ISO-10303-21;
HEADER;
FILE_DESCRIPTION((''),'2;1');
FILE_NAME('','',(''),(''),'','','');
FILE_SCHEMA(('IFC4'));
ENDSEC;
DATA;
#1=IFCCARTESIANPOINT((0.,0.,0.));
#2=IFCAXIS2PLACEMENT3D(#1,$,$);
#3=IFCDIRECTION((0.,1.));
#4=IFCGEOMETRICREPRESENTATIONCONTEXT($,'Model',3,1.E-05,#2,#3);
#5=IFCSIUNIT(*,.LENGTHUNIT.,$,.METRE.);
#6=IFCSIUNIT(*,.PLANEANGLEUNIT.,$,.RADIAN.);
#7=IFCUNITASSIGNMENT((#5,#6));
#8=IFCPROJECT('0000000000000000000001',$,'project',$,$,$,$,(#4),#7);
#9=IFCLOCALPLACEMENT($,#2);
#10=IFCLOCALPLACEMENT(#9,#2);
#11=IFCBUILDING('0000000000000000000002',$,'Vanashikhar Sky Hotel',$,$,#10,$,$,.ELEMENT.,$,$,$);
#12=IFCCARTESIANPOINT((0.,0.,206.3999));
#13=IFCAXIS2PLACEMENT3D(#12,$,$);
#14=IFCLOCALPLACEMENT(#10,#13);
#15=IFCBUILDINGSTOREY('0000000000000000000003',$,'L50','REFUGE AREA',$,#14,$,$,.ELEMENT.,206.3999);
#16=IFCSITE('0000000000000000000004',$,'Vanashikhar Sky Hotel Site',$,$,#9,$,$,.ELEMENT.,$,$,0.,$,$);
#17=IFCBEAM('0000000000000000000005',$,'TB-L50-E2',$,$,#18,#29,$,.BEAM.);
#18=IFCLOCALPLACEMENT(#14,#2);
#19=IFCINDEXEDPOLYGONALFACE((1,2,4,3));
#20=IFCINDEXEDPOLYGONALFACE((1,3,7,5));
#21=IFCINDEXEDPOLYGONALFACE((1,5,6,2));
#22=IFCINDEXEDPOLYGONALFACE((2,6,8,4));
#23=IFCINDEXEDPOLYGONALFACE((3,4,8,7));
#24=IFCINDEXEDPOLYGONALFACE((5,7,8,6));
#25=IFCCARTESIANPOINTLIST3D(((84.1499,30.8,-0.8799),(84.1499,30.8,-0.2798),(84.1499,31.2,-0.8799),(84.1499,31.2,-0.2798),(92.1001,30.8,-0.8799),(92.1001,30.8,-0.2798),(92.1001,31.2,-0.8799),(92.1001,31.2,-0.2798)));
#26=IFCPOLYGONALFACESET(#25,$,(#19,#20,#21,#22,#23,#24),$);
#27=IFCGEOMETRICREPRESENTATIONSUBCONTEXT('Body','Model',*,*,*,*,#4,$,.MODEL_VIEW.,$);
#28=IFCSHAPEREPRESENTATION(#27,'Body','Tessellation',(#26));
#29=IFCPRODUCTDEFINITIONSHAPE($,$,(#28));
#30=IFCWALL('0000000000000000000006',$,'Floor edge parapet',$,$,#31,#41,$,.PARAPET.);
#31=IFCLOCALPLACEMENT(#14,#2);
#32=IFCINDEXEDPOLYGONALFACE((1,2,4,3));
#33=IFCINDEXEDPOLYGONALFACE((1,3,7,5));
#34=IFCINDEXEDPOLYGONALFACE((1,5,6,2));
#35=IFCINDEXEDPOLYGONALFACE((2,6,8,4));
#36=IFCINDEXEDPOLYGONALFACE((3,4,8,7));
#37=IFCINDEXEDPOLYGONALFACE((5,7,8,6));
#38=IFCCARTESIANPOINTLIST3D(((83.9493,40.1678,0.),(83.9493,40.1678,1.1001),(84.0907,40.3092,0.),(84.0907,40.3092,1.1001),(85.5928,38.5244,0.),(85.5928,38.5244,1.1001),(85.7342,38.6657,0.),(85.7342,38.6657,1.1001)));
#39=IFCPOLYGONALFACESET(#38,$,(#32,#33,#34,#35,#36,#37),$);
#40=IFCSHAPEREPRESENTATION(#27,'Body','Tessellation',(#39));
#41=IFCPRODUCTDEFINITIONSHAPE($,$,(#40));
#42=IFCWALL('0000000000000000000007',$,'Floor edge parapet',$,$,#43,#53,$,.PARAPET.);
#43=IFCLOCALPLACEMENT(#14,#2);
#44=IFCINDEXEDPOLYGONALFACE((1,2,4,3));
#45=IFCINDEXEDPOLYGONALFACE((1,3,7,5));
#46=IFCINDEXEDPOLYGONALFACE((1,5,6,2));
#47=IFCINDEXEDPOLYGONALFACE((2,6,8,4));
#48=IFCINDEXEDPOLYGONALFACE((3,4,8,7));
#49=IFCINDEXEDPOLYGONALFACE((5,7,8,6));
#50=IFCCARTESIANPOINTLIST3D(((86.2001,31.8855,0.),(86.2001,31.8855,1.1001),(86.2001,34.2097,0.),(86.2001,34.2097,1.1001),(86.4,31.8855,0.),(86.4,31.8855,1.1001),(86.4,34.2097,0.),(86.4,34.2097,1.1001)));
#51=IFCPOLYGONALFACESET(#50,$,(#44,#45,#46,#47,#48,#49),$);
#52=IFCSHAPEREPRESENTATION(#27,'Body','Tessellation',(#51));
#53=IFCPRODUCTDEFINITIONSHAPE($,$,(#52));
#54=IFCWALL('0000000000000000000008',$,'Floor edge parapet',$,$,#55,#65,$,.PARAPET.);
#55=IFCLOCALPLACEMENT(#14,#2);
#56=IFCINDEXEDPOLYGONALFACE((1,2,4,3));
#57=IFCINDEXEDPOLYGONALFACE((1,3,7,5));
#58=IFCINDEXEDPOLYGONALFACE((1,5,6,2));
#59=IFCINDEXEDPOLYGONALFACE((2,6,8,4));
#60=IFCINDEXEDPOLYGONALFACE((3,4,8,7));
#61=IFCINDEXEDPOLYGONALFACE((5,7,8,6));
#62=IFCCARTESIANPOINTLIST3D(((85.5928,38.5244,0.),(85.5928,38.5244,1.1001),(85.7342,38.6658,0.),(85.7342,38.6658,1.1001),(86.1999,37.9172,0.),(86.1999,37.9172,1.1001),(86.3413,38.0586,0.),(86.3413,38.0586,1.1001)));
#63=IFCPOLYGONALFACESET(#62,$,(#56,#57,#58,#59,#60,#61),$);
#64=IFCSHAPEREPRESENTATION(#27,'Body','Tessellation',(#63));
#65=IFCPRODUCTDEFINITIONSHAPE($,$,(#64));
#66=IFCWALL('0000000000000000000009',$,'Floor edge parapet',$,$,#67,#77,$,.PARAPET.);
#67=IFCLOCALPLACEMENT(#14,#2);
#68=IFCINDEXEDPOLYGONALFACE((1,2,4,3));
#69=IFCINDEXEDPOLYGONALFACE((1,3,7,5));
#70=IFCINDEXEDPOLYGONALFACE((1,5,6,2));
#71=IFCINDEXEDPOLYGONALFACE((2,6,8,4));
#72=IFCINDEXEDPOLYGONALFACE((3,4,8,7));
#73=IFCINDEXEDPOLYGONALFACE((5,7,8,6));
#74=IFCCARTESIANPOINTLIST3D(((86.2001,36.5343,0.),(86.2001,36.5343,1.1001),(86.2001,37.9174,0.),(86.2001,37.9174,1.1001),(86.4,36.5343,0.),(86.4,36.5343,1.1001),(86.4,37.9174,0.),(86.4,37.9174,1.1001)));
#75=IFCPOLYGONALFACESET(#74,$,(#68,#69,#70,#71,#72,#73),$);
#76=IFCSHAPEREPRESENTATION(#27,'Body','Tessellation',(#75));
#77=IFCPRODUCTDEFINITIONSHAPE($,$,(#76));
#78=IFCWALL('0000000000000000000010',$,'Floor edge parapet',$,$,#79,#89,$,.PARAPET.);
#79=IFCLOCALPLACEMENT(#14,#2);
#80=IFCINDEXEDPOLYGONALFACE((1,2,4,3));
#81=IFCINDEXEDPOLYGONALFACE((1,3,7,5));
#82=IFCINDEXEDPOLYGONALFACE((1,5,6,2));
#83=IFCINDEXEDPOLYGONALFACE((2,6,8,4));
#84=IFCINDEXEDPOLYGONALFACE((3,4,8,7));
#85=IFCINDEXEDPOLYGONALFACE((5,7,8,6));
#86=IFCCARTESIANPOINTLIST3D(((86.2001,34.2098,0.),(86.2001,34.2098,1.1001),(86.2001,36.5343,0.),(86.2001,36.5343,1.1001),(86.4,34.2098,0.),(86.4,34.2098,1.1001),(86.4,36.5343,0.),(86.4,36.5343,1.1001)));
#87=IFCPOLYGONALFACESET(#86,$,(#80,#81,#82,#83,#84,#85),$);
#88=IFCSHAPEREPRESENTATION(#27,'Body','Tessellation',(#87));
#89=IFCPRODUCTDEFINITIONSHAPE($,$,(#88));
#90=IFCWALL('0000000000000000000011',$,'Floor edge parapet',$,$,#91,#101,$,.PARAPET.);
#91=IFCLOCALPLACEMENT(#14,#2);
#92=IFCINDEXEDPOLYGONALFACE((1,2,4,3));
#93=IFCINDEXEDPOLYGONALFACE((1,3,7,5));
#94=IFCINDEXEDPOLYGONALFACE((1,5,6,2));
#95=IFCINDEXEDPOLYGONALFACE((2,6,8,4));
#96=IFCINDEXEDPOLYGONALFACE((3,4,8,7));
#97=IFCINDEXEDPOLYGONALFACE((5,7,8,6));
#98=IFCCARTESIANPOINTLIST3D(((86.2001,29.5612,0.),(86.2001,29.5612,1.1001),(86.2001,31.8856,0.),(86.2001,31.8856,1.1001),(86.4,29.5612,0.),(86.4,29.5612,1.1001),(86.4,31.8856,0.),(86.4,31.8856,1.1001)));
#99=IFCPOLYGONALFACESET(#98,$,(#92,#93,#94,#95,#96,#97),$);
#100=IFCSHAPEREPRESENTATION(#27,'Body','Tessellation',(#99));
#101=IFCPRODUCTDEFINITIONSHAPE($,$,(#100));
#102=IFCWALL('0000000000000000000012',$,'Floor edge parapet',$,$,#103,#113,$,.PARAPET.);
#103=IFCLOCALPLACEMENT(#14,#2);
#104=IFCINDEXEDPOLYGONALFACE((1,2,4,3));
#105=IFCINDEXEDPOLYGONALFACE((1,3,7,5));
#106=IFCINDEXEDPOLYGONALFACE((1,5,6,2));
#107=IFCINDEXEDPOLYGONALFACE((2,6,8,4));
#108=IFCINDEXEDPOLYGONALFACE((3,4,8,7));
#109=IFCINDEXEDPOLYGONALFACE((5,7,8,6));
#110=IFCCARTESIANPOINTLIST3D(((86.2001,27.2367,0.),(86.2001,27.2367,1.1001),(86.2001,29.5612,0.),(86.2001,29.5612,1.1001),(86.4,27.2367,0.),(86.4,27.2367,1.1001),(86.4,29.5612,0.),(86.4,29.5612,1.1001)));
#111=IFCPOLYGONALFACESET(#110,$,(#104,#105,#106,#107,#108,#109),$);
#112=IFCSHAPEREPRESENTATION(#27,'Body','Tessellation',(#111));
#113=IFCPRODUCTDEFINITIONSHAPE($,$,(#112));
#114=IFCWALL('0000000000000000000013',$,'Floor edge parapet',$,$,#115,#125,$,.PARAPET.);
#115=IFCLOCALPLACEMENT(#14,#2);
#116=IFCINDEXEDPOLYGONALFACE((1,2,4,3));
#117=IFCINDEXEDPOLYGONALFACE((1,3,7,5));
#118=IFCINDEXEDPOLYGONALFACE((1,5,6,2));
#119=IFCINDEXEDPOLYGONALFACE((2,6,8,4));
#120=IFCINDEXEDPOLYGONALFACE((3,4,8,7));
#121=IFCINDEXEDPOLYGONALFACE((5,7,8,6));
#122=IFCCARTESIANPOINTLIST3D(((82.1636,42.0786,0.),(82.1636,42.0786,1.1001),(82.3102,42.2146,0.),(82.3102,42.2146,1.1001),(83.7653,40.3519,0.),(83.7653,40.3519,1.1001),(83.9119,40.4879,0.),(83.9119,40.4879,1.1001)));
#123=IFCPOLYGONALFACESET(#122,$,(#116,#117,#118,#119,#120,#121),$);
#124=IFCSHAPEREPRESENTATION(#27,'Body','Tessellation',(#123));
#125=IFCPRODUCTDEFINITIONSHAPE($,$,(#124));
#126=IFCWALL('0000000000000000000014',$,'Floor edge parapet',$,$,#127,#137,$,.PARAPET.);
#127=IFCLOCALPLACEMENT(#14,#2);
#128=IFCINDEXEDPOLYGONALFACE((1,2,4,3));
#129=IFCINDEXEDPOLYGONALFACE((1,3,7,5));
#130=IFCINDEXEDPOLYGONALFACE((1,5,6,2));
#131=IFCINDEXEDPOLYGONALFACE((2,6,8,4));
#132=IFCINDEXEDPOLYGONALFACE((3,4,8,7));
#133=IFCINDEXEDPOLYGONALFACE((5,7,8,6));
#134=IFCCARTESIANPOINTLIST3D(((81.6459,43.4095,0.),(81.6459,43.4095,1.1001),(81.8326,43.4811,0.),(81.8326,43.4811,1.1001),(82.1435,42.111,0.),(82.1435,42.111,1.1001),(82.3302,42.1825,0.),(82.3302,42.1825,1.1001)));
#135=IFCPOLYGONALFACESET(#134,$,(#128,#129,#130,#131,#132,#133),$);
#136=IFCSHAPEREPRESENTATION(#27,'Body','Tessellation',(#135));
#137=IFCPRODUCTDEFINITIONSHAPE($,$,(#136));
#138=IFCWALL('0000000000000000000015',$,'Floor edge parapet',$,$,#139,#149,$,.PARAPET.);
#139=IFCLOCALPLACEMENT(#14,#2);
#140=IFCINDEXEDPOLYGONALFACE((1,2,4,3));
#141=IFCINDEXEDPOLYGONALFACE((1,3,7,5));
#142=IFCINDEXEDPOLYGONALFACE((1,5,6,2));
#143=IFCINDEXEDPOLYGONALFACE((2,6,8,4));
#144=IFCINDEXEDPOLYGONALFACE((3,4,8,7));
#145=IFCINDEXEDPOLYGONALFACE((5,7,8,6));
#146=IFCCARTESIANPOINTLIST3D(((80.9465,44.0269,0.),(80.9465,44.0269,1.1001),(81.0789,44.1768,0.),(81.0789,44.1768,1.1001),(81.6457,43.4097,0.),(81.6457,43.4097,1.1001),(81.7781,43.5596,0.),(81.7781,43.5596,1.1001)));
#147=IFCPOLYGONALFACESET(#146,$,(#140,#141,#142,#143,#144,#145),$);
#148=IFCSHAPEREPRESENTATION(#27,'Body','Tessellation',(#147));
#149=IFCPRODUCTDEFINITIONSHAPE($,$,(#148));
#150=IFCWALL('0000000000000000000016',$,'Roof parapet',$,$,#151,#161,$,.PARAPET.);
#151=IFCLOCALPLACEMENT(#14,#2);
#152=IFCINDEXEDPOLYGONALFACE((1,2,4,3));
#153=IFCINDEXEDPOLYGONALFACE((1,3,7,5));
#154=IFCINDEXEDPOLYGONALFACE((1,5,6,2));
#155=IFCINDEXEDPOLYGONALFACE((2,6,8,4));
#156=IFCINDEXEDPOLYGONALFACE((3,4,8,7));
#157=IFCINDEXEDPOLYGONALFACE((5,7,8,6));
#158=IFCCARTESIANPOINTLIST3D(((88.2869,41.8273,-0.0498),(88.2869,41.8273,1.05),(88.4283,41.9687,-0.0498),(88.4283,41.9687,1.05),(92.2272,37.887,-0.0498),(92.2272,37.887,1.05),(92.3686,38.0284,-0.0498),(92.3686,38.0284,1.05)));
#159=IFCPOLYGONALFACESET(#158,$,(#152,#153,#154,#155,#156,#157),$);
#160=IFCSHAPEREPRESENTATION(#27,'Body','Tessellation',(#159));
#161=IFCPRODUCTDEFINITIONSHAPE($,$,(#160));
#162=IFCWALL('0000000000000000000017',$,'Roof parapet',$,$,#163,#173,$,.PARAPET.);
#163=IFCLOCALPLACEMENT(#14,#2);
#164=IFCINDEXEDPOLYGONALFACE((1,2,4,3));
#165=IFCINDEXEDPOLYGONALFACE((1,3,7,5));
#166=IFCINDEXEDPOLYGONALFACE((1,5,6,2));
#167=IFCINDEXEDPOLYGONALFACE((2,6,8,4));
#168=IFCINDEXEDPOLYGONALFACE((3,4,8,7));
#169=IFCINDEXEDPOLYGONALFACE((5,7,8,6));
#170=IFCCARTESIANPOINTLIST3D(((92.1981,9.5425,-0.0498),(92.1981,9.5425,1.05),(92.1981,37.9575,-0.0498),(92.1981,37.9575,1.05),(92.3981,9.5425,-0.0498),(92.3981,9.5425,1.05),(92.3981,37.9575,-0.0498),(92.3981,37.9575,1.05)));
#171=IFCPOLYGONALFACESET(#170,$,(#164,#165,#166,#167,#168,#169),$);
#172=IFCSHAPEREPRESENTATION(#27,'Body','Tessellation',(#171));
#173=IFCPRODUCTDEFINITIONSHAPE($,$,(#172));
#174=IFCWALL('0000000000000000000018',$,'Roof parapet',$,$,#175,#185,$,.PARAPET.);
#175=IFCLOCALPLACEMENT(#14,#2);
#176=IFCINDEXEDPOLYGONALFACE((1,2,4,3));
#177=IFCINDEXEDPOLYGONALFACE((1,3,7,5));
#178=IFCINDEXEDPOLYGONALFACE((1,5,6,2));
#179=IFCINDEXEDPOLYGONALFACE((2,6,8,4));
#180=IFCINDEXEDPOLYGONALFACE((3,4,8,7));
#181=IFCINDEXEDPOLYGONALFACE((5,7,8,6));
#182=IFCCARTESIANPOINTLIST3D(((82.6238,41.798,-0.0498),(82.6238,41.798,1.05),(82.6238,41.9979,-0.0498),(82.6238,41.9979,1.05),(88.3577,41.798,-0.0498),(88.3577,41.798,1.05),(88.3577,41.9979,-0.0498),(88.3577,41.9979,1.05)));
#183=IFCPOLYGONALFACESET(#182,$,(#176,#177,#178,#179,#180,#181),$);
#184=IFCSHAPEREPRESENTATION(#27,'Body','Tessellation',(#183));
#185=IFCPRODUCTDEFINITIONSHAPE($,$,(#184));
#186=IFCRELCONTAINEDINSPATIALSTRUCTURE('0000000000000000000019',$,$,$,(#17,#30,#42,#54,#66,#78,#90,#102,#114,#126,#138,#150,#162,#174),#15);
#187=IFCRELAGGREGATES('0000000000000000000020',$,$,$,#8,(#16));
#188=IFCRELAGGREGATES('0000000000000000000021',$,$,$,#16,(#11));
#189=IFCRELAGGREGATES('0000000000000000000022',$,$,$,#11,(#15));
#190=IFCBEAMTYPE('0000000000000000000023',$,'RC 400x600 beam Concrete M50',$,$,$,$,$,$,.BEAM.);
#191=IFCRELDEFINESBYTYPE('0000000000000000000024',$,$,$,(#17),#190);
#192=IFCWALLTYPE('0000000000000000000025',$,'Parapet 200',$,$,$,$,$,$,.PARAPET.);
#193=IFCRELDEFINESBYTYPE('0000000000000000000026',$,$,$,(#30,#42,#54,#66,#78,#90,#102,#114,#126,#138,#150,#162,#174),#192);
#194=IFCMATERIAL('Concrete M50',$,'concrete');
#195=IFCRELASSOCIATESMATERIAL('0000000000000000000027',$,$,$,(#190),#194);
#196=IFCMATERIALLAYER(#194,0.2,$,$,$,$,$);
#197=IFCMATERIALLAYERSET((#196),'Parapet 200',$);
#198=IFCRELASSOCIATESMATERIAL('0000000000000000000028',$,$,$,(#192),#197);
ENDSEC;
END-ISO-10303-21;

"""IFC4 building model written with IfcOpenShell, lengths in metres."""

from ifc_helpers import new_model, si_unit, direction, frame, frame_2d, origin, origin_2d, place, context, subcontext, project, spatial, rectangle, extrude, source, transform, mapped, material, layer, layer_set, material_profile, profile_set, type_object, element, save


model = new_model("IFC4")

# Units and contexts
model_context = context("Model", 3, precision=1e-05, world=origin(), true_north=direction((0.0, 1.0)))
body_context = subcontext(model_context, "Body", "Model", "MODEL_VIEW")
ifc_project = project(units=[si_unit("LENGTHUNIT", "METRE"), si_unit("PLANEANGLEUNIT", "RADIAN")], contexts=[model_context])

# Site, building, storey
site_placement = place(None, origin())
site = spatial("IfcSite", under=ifc_project, at=site_placement, Name="Vanashikhar Sky Hotel Site", CompositionType="ELEMENT", RefElevation=0.0)
building_placement = place(site_placement, origin())
building = spatial("IfcBuilding", under=site, at=building_placement, Name="Vanashikhar Sky Hotel", CompositionType="ELEMENT")
storey_placement = place(building_placement, frame((0.0, 0.0, 206.3999)))
storey = spatial("IfcBuildingStorey", under=building, at=storey_placement, Name="L50", Description="REFUGE AREA", CompositionType="ELEMENT", Elevation=206.3999)

# Beam
ifc_material_1 = material(Name="Concrete M50", Category="concrete")
ifc_material_profile = material_profile(ifc_material_1, rectangle(XDim=0.3999, YDim=0.6001, at=origin_2d()))
ifc_profile_set = profile_set([ifc_material_profile], Name="RC 400x600 beam Concrete M50")
beam_type = type_object("IfcBeamType", Name="RC 400x600 beam Concrete M50", PredefinedType="BEAM", material=ifc_profile_set)
shared_shape_1 = source(origin(), body_context, "Body", "SweptSolid", [
    extrude(rectangle(XDim=0.3999, YDim=0.6001, at=origin_2d()), origin(), (0.0, 0.0, 1.0), 7.9502),
])
beam_placement = place(storey_placement, frame((84.1499, 31.0, -0.5798), z_axis=(1.0, 0.0, 0.0), x_axis=(0.0, 1.0, 0.0)))
element("IfcBeam", 1, at=beam_placement, inside=storey, type_object=beam_type, Name="TB-L50-E2", PredefinedType="BEAM", context=body_context, shape_type="MappedRepresentation", body=[
    mapped(shared_shape_1, transform((0.0, 0.0, 0.0), scale=1.0)),
])

# Walls
ifc_layer_1 = layer(ifc_material_1, 0.2)
ifc_layer_set_1 = layer_set([ifc_layer_1], Name="Parapet 200")
wall_type_1 = type_object("IfcWallType", Name="Parapet 200", PredefinedType="PARAPET", material=ifc_layer_set_1)
shared_shape_2 = source(origin(), body_context, "Body", "SweptSolid", [
    extrude(rectangle(XDim=2.3242, YDim=0.2, at=frame_2d((1.1621, 0.0))), origin(), (0.0, 0.0, 1.0), 1.1001),
])
for number, where, z_axis, x_axis, name in (
    (2, (84.02, 40.2385, 0.0), (0.0, 0.0, 1.0), (0.707107, -0.707107, 0.0), "Floor edge parapet"),
    (3, (86.3, 34.2097, 0.0), (0.0, 0.0, 1.0), (0.0, -1.0, 0.0), "Floor edge parapet"),
):
    element("IfcWall", number, at=place(storey_placement, frame(where, z_axis=z_axis, x_axis=x_axis)), inside=storey, type_object=wall_type_1, Name=name, PredefinedType="PARAPET", context=body_context, shape_type="MappedRepresentation", body=[
        mapped(shared_shape_2, transform((0.0, 0.0, 0.0), scale=1.0)),
    ])
shared_shape_3 = source(origin(), body_context, "Body", "SweptSolid", [
    extrude(rectangle(XDim=0.8586, YDim=0.2, at=frame_2d((0.4292, 0.0))), origin(), (0.0, 0.0, 1.0), 1.1001),
])
wall_1_placement = place(storey_placement, frame((85.6636, 38.595, 0.0), z_axis=(0.0, 0.0, 1.0), x_axis=(0.707107, -0.707107, 0.0)))
element("IfcWall", 4, at=wall_1_placement, inside=storey, type_object=wall_type_1, Name="Floor edge parapet", PredefinedType="PARAPET", context=body_context, shape_type="MappedRepresentation", body=[
    mapped(shared_shape_3, transform((0.0, 0.0, 0.0), scale=1.0)),
])
shared_shape_4 = source(origin(), body_context, "Body", "SweptSolid", [
    extrude(rectangle(XDim=1.3831, YDim=0.2, at=frame_2d((0.6914, 0.0))), origin(), (0.0, 0.0, 1.0), 1.1001),
])
wall_2_placement = place(storey_placement, frame((86.3, 37.9172, 0.0), z_axis=(0.0, 0.0, 1.0), x_axis=(0.0, -1.0, 0.0)))
element("IfcWall", 5, at=wall_2_placement, inside=storey, type_object=wall_type_1, Name="Floor edge parapet", PredefinedType="PARAPET", context=body_context, shape_type="MappedRepresentation", body=[
    mapped(shared_shape_4, transform((0.0, 0.0, 0.0), scale=1.0)),
])
shared_shape_5 = source(origin(), body_context, "Body", "SweptSolid", [
    extrude(rectangle(XDim=2.3245, YDim=0.2, at=frame_2d((1.1621, 0.0))), origin(), (0.0, 0.0, 1.0), 1.1001),
])
for number, where, z_axis, x_axis, name in (
    (6, (86.3, 36.5342, 0.0), (0.0, 0.0, 1.0), (0.0, -1.0, 0.0), "Floor edge parapet"),
    (7, (86.3, 31.8855, 0.0), (0.0, 0.0, 1.0), (0.0, -1.0, 0.0), "Floor edge parapet"),
    (8, (86.3, 29.561, 0.0), (0.0, 0.0, 1.0), (0.0, -1.0, 0.0), "Floor edge parapet"),
):
    element("IfcWall", number, at=place(storey_placement, frame(where, z_axis=z_axis, x_axis=x_axis)), inside=storey, type_object=wall_type_1, Name=name, PredefinedType="PARAPET", context=body_context, shape_type="MappedRepresentation", body=[
        mapped(shared_shape_5, transform((0.0, 0.0, 0.0), scale=1.0)),
    ])
shared_shape_6 = source(origin(), body_context, "Body", "SweptSolid", [
    extrude(rectangle(XDim=2.3552, YDim=0.2, at=frame_2d((1.1777, 0.0))), origin(), (0.0, 0.0, 1.0), 1.1001),
])
wall_3_placement = place(storey_placement, frame((82.2368, 42.1467, 0.0), z_axis=(0.0, 0.0, 1.0), x_axis=(0.680073, -0.733144, 0.0)))
element("IfcWall", 9, at=wall_3_placement, inside=storey, type_object=wall_type_1, Name="Floor edge parapet", PredefinedType="PARAPET", context=body_context, shape_type="MappedRepresentation", body=[
    mapped(shared_shape_6, transform((0.0, 0.0, 0.0), scale=1.0)),
])
shared_shape_7 = source(origin(), body_context, "Body", "SweptSolid", [
    extrude(rectangle(XDim=1.3906, YDim=0.2, at=frame_2d((0.6953, 0.0))), origin(), (0.0, 0.0, 1.0), 1.1001),
])
wall_4_placement = place(storey_placement, frame((81.7393, 43.4453, 0.0), z_axis=(0.0, 0.0, 1.0), x_axis=(0.357791, -0.933802, 0.0)))
element("IfcWall", 10, at=wall_4_placement, inside=storey, type_object=wall_type_1, Name="Floor edge parapet", PredefinedType="PARAPET", context=body_context, shape_type="MappedRepresentation", body=[
    mapped(shared_shape_7, transform((0.0, 0.0, 0.0), scale=1.0)),
])
shared_shape_8 = source(origin(), body_context, "Body", "SweptSolid", [
    extrude(rectangle(XDim=0.9326, YDim=0.2, at=frame_2d((0.4663, 0.0))), origin(), (0.0, 0.0, 1.0), 1.1001),
])
wall_5_placement = place(storey_placement, frame((81.0127, 44.1018, 0.0), z_axis=(0.0, 0.0, 1.0), x_axis=(0.749716, -0.66176, 0.0)))
element("IfcWall", 11, at=wall_5_placement, inside=storey, type_object=wall_type_1, Name="Floor edge parapet", PredefinedType="PARAPET", context=body_context, shape_type="MappedRepresentation", body=[
    mapped(shared_shape_8, transform((0.0, 0.0, 0.0), scale=1.0)),
])
shared_shape_9 = source(origin(), body_context, "Body", "SweptSolid", [
    extrude(rectangle(XDim=5.5725, YDim=0.2, at=frame_2d((2.7861, 0.0))), origin(), (0.0, 0.0, 1.0), 1.0999),
])
wall_6_placement = place(storey_placement, frame((88.3577, 41.8979, -0.0498), z_axis=(0.0, 0.0, 1.0), x_axis=(0.707107, -0.707107, 0.0)))
element("IfcWall", 12, at=wall_6_placement, inside=storey, type_object=wall_type_1, Name="Roof parapet", PredefinedType="PARAPET", context=body_context, shape_type="MappedRepresentation", body=[
    mapped(shared_shape_9, transform((0.0, 0.0, 0.0), scale=1.0)),
])
shared_shape_10 = source(origin(), body_context, "Body", "SweptSolid", [
    extrude(rectangle(XDim=28.415, YDim=0.2, at=frame_2d((14.2075, 0.0))), origin(), (0.0, 0.0, 1.0), 1.0999),
])
wall_7_placement = place(storey_placement, frame((92.2981, 37.9575, -0.0498), z_axis=(0.0, 0.0, 1.0), x_axis=(0.0, -1.0, 0.0)))
element("IfcWall", 13, at=wall_7_placement, inside=storey, type_object=wall_type_1, Name="Roof parapet", PredefinedType="PARAPET", context=body_context, shape_type="MappedRepresentation", body=[
    mapped(shared_shape_10, transform((0.0, 0.0, 0.0), scale=1.0)),
])
shared_shape_11 = source(origin(), body_context, "Body", "SweptSolid", [
    extrude(rectangle(XDim=5.7339, YDim=0.2, at=frame_2d((2.8669, 0.0))), origin(), (0.0, 0.0, 1.0), 1.0999),
])
wall_8_placement = place(storey_placement, frame((82.6238, 41.8979, -0.0498), z_axis=(0.0, 0.0, 1.0), x_axis=(1.0, 0.0, 0.0)))
element("IfcWall", 14, at=wall_8_placement, inside=storey, type_object=wall_type_1, Name="Roof parapet", PredefinedType="PARAPET", context=body_context, shape_type="MappedRepresentation", body=[
    mapped(shared_shape_11, transform((0.0, 0.0, 0.0), scale=1.0)),
])

save(model, "model.ifc")
